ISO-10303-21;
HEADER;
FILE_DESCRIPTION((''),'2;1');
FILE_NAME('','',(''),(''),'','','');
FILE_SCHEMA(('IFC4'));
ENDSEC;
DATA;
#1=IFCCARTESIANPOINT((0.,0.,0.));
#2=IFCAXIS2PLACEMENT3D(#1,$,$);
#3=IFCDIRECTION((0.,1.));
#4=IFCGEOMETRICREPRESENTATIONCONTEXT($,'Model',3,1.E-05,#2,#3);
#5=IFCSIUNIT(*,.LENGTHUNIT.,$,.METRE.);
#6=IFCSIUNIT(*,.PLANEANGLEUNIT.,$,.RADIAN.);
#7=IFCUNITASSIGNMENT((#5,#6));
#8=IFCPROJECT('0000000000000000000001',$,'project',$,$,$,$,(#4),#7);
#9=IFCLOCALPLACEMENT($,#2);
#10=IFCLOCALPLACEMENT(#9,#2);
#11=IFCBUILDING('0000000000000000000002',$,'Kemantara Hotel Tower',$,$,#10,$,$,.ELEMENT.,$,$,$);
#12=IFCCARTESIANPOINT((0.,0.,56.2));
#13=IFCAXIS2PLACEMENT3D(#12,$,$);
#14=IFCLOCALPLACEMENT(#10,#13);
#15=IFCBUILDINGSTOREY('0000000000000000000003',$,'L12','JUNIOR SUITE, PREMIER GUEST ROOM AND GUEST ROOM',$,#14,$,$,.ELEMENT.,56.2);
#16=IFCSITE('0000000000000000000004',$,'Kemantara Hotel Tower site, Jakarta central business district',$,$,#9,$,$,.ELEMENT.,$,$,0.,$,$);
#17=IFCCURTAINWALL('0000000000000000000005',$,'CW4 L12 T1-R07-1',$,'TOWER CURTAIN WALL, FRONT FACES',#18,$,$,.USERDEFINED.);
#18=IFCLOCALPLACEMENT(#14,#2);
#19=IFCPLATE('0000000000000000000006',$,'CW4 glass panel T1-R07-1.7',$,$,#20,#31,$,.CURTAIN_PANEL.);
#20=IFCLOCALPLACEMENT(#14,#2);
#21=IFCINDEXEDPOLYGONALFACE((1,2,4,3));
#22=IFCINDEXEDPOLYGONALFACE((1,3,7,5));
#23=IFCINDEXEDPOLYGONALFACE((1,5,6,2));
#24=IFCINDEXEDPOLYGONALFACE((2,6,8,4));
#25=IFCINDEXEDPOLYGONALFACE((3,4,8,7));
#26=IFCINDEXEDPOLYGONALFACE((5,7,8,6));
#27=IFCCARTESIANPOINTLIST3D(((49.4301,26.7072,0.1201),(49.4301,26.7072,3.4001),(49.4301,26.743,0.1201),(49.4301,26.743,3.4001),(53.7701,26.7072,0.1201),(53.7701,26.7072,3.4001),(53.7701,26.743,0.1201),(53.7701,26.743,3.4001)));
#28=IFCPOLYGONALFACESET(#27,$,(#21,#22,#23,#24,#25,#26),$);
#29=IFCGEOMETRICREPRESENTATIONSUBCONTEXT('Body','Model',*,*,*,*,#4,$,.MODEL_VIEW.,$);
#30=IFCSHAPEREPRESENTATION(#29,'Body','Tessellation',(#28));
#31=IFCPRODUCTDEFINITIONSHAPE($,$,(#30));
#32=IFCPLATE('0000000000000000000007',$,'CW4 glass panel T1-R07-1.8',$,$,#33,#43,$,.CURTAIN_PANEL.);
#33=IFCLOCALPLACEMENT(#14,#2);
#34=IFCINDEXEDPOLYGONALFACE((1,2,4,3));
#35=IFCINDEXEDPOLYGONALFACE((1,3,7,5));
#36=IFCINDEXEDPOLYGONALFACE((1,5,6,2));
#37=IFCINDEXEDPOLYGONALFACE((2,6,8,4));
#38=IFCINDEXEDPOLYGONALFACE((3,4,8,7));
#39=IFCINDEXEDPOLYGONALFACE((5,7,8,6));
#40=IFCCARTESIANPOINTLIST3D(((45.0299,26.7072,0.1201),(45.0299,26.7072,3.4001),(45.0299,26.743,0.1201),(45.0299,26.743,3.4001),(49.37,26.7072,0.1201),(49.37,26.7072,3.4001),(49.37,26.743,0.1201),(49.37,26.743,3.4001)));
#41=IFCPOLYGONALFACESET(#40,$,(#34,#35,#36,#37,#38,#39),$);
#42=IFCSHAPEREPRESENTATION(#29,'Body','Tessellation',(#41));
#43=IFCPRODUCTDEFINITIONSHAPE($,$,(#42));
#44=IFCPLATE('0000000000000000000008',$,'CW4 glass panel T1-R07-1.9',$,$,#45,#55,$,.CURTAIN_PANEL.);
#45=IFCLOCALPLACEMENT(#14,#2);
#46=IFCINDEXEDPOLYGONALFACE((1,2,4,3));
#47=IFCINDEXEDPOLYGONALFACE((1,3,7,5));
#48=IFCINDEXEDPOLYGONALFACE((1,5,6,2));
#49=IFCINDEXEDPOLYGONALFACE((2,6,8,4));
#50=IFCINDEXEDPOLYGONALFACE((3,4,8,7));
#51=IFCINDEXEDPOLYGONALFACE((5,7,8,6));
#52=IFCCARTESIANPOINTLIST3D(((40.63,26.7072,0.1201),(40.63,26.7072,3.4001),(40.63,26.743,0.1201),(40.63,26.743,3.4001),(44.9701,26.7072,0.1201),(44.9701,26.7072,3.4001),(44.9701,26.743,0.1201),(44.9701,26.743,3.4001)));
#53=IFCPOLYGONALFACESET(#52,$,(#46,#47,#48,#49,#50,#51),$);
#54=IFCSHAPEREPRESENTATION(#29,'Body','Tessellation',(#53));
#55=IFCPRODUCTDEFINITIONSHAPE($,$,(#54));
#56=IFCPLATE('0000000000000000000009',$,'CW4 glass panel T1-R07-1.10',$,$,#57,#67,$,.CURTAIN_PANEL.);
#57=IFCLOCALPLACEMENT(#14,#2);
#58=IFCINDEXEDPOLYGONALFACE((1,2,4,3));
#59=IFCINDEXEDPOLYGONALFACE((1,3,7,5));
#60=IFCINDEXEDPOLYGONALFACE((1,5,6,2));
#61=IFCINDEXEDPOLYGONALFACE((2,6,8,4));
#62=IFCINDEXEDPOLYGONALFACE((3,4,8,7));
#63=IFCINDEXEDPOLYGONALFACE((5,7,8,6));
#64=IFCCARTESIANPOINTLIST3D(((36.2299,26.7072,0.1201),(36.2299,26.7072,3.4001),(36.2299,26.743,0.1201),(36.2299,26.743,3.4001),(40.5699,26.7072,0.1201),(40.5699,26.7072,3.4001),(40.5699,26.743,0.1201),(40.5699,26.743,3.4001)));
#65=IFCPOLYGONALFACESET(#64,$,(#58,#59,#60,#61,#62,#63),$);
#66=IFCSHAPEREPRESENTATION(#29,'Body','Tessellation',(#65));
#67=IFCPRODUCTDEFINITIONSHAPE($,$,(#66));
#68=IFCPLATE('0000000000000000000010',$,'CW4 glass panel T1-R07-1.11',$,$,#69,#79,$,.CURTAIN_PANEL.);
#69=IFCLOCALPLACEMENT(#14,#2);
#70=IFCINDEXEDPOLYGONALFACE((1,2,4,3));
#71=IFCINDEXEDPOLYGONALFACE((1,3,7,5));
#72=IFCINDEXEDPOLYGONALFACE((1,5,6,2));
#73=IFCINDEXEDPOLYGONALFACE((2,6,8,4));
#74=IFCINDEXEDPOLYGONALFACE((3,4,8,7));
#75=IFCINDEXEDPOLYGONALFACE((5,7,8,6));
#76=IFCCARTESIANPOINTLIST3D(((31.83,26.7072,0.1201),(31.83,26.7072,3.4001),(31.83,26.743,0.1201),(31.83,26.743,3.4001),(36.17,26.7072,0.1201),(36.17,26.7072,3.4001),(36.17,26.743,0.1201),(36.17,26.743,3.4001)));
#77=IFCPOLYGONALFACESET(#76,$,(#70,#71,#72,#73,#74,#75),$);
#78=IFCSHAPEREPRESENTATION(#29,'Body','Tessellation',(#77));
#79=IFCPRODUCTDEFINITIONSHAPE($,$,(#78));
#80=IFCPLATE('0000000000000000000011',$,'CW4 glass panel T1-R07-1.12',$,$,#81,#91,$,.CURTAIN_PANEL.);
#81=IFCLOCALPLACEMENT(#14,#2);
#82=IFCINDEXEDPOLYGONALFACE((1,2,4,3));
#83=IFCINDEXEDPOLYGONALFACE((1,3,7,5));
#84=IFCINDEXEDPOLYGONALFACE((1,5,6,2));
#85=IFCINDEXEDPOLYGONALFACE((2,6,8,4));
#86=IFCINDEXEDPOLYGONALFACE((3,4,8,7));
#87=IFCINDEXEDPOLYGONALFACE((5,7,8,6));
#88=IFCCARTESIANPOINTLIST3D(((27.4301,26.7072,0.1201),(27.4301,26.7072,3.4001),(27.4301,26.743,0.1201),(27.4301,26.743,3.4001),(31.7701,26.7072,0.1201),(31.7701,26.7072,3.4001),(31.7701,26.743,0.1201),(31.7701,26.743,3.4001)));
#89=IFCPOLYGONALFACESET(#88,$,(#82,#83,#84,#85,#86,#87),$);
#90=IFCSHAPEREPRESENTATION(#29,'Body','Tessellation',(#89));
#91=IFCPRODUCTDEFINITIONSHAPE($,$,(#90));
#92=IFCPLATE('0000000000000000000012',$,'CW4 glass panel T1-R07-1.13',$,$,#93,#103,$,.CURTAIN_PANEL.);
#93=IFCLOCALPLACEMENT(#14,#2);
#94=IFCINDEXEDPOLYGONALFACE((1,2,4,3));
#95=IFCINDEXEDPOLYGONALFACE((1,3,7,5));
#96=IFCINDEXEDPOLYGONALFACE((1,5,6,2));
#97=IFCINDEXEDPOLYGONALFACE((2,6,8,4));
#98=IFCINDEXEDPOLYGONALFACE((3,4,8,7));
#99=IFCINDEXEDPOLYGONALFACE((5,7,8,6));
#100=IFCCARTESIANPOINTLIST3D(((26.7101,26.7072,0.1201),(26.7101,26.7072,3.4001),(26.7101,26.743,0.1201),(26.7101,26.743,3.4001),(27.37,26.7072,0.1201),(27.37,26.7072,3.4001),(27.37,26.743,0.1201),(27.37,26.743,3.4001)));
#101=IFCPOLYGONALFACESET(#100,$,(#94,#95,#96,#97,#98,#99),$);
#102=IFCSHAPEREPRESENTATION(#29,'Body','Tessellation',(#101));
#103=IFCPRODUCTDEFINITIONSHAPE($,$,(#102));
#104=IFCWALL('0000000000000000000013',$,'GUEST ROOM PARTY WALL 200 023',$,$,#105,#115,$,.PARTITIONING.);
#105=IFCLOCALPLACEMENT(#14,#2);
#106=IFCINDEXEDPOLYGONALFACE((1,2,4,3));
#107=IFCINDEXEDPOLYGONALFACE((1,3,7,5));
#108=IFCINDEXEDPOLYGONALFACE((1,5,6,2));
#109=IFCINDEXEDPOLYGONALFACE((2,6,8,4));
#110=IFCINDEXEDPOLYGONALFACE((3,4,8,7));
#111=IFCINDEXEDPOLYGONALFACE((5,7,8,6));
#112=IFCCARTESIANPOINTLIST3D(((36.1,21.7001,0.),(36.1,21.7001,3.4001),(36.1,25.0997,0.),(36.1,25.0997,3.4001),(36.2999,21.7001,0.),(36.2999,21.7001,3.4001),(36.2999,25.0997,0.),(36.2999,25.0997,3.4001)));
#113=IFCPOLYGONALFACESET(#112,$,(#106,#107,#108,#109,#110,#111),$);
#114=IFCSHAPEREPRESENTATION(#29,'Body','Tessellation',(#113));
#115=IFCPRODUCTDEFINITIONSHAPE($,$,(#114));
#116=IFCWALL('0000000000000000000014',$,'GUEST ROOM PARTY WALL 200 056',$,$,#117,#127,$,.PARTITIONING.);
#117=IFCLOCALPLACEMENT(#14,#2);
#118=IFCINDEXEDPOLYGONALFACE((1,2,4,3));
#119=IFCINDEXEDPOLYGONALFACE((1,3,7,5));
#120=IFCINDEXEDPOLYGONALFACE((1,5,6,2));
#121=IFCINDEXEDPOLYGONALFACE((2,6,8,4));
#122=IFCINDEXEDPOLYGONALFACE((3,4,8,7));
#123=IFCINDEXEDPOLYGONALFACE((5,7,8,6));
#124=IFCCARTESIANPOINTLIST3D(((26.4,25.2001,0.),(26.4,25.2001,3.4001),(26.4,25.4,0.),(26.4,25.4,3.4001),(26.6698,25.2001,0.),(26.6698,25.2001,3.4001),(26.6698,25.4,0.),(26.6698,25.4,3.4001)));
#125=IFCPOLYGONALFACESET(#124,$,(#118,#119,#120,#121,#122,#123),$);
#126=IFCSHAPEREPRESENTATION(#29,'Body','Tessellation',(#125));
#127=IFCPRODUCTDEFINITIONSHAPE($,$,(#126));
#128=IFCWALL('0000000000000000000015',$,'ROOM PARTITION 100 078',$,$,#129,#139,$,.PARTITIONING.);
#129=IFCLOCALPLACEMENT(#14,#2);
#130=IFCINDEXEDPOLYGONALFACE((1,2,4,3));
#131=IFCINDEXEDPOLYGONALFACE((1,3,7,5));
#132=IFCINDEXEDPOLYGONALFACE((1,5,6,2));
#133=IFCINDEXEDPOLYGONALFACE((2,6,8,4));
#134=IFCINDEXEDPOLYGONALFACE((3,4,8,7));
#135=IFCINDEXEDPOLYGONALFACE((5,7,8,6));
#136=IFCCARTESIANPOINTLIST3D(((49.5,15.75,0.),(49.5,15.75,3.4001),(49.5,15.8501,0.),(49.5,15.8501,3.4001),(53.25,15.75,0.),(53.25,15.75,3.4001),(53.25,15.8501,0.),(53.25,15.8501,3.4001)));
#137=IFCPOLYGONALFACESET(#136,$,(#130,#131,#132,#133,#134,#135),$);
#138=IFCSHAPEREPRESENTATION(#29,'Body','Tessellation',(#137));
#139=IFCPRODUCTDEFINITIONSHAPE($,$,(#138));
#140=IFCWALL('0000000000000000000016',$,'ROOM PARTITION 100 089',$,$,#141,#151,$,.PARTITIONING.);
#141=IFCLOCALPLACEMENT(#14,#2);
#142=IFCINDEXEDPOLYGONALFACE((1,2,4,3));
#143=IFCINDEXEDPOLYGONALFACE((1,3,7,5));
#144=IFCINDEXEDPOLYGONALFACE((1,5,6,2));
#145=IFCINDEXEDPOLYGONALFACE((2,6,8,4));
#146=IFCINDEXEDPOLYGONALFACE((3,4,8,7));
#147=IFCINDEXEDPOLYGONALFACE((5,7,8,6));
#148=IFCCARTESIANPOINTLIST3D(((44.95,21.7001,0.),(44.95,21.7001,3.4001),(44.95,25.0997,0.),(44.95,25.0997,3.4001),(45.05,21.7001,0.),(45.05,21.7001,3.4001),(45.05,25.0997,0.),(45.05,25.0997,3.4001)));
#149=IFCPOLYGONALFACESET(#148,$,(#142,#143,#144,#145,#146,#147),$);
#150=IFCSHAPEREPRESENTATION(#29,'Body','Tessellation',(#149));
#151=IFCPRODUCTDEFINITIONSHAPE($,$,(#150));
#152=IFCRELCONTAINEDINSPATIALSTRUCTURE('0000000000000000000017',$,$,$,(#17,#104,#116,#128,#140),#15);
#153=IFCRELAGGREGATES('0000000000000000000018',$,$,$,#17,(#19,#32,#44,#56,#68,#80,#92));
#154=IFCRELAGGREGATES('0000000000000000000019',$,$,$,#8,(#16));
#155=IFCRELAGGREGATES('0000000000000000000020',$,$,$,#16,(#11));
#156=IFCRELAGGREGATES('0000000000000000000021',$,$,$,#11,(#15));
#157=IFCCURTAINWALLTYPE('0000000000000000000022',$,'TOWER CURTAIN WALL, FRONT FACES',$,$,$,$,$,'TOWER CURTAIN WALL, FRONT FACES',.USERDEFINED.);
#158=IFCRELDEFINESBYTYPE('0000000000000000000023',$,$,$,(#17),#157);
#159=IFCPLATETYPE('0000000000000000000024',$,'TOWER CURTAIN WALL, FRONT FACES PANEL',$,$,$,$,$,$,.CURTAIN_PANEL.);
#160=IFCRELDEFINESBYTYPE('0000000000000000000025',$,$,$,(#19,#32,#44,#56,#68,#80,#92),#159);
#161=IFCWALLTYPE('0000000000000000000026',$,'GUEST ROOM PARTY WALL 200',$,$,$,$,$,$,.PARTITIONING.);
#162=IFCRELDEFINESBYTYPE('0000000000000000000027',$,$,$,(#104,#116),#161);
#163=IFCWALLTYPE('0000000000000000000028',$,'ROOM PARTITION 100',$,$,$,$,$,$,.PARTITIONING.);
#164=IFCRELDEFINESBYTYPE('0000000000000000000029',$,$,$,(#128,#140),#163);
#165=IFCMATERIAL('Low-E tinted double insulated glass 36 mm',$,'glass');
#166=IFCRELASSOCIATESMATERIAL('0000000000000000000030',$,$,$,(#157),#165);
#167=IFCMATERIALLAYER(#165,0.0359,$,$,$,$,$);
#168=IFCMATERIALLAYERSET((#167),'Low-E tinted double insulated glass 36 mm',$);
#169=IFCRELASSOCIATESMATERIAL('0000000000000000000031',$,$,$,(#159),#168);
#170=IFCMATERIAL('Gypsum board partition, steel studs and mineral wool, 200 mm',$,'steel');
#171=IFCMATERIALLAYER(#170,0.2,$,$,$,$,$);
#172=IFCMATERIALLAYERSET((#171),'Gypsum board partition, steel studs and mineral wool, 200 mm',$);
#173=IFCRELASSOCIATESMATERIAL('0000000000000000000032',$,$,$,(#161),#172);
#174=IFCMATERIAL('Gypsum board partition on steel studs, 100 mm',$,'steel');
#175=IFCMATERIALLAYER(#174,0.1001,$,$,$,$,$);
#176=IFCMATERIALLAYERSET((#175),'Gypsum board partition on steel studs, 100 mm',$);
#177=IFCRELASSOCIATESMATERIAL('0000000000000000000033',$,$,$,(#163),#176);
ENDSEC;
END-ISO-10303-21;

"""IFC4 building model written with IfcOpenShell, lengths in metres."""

from ifc_helpers import new_model, si_unit, direction, frame, frame_2d, origin, origin_2d, place, context, subcontext, project, spatial, rectangle, extrude, source, transform, mapped, material, layer, layer_set, type_object, element, aggregate, save


model = new_model("IFC4")

# Units and contexts
model_context = context("Model", 3, precision=1e-05, world=origin(), true_north=direction((0.0, 1.0)))
body_context = subcontext(model_context, "Body", "Model", "MODEL_VIEW")
ifc_project = project(units=[si_unit("LENGTHUNIT", "METRE"), si_unit("PLANEANGLEUNIT", "RADIAN")], contexts=[model_context])

# Site, building, storey
site_placement = place(None, origin())
site = spatial("IfcSite", under=ifc_project, at=site_placement, Name="Kemantara Hotel Tower site, Jakarta central business district", CompositionType="ELEMENT", RefElevation=0.0)
building_placement = place(site_placement, origin())
building = spatial("IfcBuilding", under=site, at=building_placement, Name="Kemantara Hotel Tower", CompositionType="ELEMENT")
storey_placement = place(building_placement, frame((0.0, 0.0, 56.2)))
storey = spatial("IfcBuildingStorey", under=building, at=storey_placement, Name="L12", Description="JUNIOR SUITE, PREMIER GUEST ROOM AND GUEST ROOM", CompositionType="ELEMENT", Elevation=56.2)

# Curtain wall, plates
ifc_material_1 = material(Name="Low-E tinted double insulated glass 36 mm", Category="glass")
curtain_wall_type = type_object("IfcCurtainWallType", Name="TOWER CURTAIN WALL, FRONT FACES", ElementType="TOWER CURTAIN WALL, FRONT FACES", PredefinedType="USERDEFINED", material=ifc_material_1)
curtain_wall_placement = place(storey_placement, origin())
curtain_wall = element("IfcCurtainWall", 1, at=curtain_wall_placement, inside=storey, type_object=curtain_wall_type, Name="CW4 L12 T1-R07-1", ObjectType="TOWER CURTAIN WALL, FRONT FACES", PredefinedType="USERDEFINED")
ifc_layer_1 = layer(ifc_material_1, 0.0359)
ifc_layer_set_1 = layer_set([ifc_layer_1], Name="Low-E tinted double insulated glass 36 mm")
plate_type = type_object("IfcPlateType", Name="TOWER CURTAIN WALL, FRONT FACES PANEL", PredefinedType="CURTAIN_PANEL", material=ifc_layer_set_1)
shared_shape_1 = source(origin(), body_context, "Body", "SweptSolid", [
    extrude(rectangle(XDim=4.3401, YDim=0.0359, at=origin_2d()), origin(), (0.0, 0.0, 1.0), 3.28),
])
plate_1_placement = place(storey_placement, frame((51.6001, 26.7251, 0.1201), z_axis=(0.0, 0.0, 1.0), x_axis=(-1.0, 0.0, 0.0)))
plate_1 = element("IfcPlate", 2, at=plate_1_placement, type_object=plate_type, Name="CW4 glass panel T1-R07-1.7", PredefinedType="CURTAIN_PANEL", context=body_context, shape_type="MappedRepresentation", body=[
    mapped(shared_shape_1, transform((0.0, 0.0, 0.0))),
])
plate_2_placement = place(storey_placement, frame((47.2, 26.7251, 0.1201), z_axis=(0.0, 0.0, 1.0), x_axis=(-1.0, 0.0, 0.0)))
plate_2 = element("IfcPlate", 3, at=plate_2_placement, type_object=plate_type, Name="CW4 glass panel T1-R07-1.8", PredefinedType="CURTAIN_PANEL", context=body_context, shape_type="MappedRepresentation", body=[
    mapped(shared_shape_1, transform((0.0, 0.0, 0.0))),
])
plate_3_placement = place(storey_placement, frame((42.8, 26.7251, 0.1201), z_axis=(0.0, 0.0, 1.0), x_axis=(-1.0, 0.0, 0.0)))
plate_3 = element("IfcPlate", 4, at=plate_3_placement, type_object=plate_type, Name="CW4 glass panel T1-R07-1.9", PredefinedType="CURTAIN_PANEL", context=body_context, shape_type="MappedRepresentation", body=[
    mapped(shared_shape_1, transform((0.0, 0.0, 0.0))),
])
plate_4_placement = place(storey_placement, frame((38.3999, 26.7251, 0.1201), z_axis=(0.0, 0.0, 1.0), x_axis=(-1.0, 0.0, 0.0)))
plate_4 = element("IfcPlate", 5, at=plate_4_placement, type_object=plate_type, Name="CW4 glass panel T1-R07-1.10", PredefinedType="CURTAIN_PANEL", context=body_context, shape_type="MappedRepresentation", body=[
    mapped(shared_shape_1, transform((0.0, 0.0, 0.0))),
])
plate_5_placement = place(storey_placement, frame((34.0, 26.7251, 0.1201), z_axis=(0.0, 0.0, 1.0), x_axis=(-1.0, 0.0, 0.0)))
plate_5 = element("IfcPlate", 6, at=plate_5_placement, type_object=plate_type, Name="CW4 glass panel T1-R07-1.11", PredefinedType="CURTAIN_PANEL", context=body_context, shape_type="MappedRepresentation", body=[
    mapped(shared_shape_1, transform((0.0, 0.0, 0.0))),
])
plate_6_placement = place(storey_placement, frame((29.6001, 26.7251, 0.1201), z_axis=(0.0, 0.0, 1.0), x_axis=(-1.0, 0.0, 0.0)))
plate_6 = element("IfcPlate", 7, at=plate_6_placement, type_object=plate_type, Name="CW4 glass panel T1-R07-1.12", PredefinedType="CURTAIN_PANEL", context=body_context, shape_type="MappedRepresentation", body=[
    mapped(shared_shape_1, transform((0.0, 0.0, 0.0))),
])
shared_shape_2 = source(origin(), body_context, "Body", "SweptSolid", [
    extrude(rectangle(XDim=0.6599, YDim=0.0359, at=origin_2d()), origin(), (0.0, 0.0, 1.0), 3.28),
])
plate_7_placement = place(storey_placement, frame((27.04, 26.7251, 0.1201), z_axis=(0.0, 0.0, 1.0), x_axis=(-1.0, 0.0, 0.0)))
plate_7 = element("IfcPlate", 8, at=plate_7_placement, type_object=plate_type, Name="CW4 glass panel T1-R07-1.13", PredefinedType="CURTAIN_PANEL", context=body_context, shape_type="MappedRepresentation", body=[
    mapped(shared_shape_2, transform((0.0, 0.0, 0.0))),
])
aggregate(curtain_wall, [plate_1, plate_2, plate_3, plate_4, plate_5, plate_6, plate_7])

# Walls
ifc_material_2 = material(Name="Gypsum board partition, steel studs and mineral wool, 200 mm", Category="steel")
ifc_layer_2 = layer(ifc_material_2, 0.2)
ifc_layer_set_2 = layer_set([ifc_layer_2], Name="Gypsum board partition, steel studs and mineral wool, 200 mm")
wall_type_1 = type_object("IfcWallType", Name="GUEST ROOM PARTY WALL 200", PredefinedType="PARTITIONING", material=ifc_layer_set_2)
wall_1_placement = place(storey_placement, frame((36.2, 21.7002, 0.0), z_axis=(0.0, 0.0, 1.0), x_axis=(0.0, 1.0, 0.0)))
element("IfcWall", 9, at=wall_1_placement, inside=storey, type_object=wall_type_1, Name="GUEST ROOM PARTY WALL 200 023", PredefinedType="PARTITIONING", context=body_context, shape_type="SweptSolid", body=[
    extrude(rectangle(XDim=3.3997, YDim=0.2, at=frame_2d((1.6997, 0.0))), origin(), (0.0, 0.0, 1.0), 3.4001),
])
wall_2_placement = place(storey_placement, frame((26.4001, 25.3, 0.0), z_axis=(0.0, 0.0, 1.0), x_axis=(1.0, 0.0, 0.0)))
element("IfcWall", 10, at=wall_2_placement, inside=storey, type_object=wall_type_1, Name="GUEST ROOM PARTY WALL 200 056", PredefinedType="PARTITIONING", context=body_context, shape_type="SweptSolid", body=[
    extrude(rectangle(XDim=0.2698, YDim=0.2, at=frame_2d((0.1348, 0.0))), origin(), (0.0, 0.0, 1.0), 3.4001),
])
ifc_material_3 = material(Name="Gypsum board partition on steel studs, 100 mm", Category="steel")
ifc_layer_3 = layer(ifc_material_3, 0.1001)
ifc_layer_set_3 = layer_set([ifc_layer_3], Name="Gypsum board partition on steel studs, 100 mm")
wall_type_2 = type_object("IfcWallType", Name="ROOM PARTITION 100", PredefinedType="PARTITIONING", material=ifc_layer_set_3)
wall_3_placement = place(storey_placement, frame((49.5, 15.8, 0.0), z_axis=(0.0, 0.0, 1.0), x_axis=(1.0, 0.0, 0.0)))
element("IfcWall", 11, at=wall_3_placement, inside=storey, type_object=wall_type_2, Name="ROOM PARTITION 100 078", PredefinedType="PARTITIONING", context=body_context, shape_type="SweptSolid", body=[
    extrude(rectangle(XDim=3.75, YDim=0.1001, at=frame_2d((1.875, 0.0))), origin(), (0.0, 0.0, 1.0), 3.4001),
])
wall_4_placement = place(storey_placement, frame((45.0, 21.7002, 0.0), z_axis=(0.0, 0.0, 1.0), x_axis=(0.0, 1.0, 0.0)))
element("IfcWall", 12, at=wall_4_placement, inside=storey, type_object=wall_type_2, Name="ROOM PARTITION 100 089", PredefinedType="PARTITIONING", context=body_context, shape_type="SweptSolid", body=[
    extrude(rectangle(XDim=3.3997, YDim=0.1001, at=frame_2d((1.6997, 0.0))), origin(), (0.0, 0.0, 1.0), 3.4001),
])

save(model, "model.ifc")
